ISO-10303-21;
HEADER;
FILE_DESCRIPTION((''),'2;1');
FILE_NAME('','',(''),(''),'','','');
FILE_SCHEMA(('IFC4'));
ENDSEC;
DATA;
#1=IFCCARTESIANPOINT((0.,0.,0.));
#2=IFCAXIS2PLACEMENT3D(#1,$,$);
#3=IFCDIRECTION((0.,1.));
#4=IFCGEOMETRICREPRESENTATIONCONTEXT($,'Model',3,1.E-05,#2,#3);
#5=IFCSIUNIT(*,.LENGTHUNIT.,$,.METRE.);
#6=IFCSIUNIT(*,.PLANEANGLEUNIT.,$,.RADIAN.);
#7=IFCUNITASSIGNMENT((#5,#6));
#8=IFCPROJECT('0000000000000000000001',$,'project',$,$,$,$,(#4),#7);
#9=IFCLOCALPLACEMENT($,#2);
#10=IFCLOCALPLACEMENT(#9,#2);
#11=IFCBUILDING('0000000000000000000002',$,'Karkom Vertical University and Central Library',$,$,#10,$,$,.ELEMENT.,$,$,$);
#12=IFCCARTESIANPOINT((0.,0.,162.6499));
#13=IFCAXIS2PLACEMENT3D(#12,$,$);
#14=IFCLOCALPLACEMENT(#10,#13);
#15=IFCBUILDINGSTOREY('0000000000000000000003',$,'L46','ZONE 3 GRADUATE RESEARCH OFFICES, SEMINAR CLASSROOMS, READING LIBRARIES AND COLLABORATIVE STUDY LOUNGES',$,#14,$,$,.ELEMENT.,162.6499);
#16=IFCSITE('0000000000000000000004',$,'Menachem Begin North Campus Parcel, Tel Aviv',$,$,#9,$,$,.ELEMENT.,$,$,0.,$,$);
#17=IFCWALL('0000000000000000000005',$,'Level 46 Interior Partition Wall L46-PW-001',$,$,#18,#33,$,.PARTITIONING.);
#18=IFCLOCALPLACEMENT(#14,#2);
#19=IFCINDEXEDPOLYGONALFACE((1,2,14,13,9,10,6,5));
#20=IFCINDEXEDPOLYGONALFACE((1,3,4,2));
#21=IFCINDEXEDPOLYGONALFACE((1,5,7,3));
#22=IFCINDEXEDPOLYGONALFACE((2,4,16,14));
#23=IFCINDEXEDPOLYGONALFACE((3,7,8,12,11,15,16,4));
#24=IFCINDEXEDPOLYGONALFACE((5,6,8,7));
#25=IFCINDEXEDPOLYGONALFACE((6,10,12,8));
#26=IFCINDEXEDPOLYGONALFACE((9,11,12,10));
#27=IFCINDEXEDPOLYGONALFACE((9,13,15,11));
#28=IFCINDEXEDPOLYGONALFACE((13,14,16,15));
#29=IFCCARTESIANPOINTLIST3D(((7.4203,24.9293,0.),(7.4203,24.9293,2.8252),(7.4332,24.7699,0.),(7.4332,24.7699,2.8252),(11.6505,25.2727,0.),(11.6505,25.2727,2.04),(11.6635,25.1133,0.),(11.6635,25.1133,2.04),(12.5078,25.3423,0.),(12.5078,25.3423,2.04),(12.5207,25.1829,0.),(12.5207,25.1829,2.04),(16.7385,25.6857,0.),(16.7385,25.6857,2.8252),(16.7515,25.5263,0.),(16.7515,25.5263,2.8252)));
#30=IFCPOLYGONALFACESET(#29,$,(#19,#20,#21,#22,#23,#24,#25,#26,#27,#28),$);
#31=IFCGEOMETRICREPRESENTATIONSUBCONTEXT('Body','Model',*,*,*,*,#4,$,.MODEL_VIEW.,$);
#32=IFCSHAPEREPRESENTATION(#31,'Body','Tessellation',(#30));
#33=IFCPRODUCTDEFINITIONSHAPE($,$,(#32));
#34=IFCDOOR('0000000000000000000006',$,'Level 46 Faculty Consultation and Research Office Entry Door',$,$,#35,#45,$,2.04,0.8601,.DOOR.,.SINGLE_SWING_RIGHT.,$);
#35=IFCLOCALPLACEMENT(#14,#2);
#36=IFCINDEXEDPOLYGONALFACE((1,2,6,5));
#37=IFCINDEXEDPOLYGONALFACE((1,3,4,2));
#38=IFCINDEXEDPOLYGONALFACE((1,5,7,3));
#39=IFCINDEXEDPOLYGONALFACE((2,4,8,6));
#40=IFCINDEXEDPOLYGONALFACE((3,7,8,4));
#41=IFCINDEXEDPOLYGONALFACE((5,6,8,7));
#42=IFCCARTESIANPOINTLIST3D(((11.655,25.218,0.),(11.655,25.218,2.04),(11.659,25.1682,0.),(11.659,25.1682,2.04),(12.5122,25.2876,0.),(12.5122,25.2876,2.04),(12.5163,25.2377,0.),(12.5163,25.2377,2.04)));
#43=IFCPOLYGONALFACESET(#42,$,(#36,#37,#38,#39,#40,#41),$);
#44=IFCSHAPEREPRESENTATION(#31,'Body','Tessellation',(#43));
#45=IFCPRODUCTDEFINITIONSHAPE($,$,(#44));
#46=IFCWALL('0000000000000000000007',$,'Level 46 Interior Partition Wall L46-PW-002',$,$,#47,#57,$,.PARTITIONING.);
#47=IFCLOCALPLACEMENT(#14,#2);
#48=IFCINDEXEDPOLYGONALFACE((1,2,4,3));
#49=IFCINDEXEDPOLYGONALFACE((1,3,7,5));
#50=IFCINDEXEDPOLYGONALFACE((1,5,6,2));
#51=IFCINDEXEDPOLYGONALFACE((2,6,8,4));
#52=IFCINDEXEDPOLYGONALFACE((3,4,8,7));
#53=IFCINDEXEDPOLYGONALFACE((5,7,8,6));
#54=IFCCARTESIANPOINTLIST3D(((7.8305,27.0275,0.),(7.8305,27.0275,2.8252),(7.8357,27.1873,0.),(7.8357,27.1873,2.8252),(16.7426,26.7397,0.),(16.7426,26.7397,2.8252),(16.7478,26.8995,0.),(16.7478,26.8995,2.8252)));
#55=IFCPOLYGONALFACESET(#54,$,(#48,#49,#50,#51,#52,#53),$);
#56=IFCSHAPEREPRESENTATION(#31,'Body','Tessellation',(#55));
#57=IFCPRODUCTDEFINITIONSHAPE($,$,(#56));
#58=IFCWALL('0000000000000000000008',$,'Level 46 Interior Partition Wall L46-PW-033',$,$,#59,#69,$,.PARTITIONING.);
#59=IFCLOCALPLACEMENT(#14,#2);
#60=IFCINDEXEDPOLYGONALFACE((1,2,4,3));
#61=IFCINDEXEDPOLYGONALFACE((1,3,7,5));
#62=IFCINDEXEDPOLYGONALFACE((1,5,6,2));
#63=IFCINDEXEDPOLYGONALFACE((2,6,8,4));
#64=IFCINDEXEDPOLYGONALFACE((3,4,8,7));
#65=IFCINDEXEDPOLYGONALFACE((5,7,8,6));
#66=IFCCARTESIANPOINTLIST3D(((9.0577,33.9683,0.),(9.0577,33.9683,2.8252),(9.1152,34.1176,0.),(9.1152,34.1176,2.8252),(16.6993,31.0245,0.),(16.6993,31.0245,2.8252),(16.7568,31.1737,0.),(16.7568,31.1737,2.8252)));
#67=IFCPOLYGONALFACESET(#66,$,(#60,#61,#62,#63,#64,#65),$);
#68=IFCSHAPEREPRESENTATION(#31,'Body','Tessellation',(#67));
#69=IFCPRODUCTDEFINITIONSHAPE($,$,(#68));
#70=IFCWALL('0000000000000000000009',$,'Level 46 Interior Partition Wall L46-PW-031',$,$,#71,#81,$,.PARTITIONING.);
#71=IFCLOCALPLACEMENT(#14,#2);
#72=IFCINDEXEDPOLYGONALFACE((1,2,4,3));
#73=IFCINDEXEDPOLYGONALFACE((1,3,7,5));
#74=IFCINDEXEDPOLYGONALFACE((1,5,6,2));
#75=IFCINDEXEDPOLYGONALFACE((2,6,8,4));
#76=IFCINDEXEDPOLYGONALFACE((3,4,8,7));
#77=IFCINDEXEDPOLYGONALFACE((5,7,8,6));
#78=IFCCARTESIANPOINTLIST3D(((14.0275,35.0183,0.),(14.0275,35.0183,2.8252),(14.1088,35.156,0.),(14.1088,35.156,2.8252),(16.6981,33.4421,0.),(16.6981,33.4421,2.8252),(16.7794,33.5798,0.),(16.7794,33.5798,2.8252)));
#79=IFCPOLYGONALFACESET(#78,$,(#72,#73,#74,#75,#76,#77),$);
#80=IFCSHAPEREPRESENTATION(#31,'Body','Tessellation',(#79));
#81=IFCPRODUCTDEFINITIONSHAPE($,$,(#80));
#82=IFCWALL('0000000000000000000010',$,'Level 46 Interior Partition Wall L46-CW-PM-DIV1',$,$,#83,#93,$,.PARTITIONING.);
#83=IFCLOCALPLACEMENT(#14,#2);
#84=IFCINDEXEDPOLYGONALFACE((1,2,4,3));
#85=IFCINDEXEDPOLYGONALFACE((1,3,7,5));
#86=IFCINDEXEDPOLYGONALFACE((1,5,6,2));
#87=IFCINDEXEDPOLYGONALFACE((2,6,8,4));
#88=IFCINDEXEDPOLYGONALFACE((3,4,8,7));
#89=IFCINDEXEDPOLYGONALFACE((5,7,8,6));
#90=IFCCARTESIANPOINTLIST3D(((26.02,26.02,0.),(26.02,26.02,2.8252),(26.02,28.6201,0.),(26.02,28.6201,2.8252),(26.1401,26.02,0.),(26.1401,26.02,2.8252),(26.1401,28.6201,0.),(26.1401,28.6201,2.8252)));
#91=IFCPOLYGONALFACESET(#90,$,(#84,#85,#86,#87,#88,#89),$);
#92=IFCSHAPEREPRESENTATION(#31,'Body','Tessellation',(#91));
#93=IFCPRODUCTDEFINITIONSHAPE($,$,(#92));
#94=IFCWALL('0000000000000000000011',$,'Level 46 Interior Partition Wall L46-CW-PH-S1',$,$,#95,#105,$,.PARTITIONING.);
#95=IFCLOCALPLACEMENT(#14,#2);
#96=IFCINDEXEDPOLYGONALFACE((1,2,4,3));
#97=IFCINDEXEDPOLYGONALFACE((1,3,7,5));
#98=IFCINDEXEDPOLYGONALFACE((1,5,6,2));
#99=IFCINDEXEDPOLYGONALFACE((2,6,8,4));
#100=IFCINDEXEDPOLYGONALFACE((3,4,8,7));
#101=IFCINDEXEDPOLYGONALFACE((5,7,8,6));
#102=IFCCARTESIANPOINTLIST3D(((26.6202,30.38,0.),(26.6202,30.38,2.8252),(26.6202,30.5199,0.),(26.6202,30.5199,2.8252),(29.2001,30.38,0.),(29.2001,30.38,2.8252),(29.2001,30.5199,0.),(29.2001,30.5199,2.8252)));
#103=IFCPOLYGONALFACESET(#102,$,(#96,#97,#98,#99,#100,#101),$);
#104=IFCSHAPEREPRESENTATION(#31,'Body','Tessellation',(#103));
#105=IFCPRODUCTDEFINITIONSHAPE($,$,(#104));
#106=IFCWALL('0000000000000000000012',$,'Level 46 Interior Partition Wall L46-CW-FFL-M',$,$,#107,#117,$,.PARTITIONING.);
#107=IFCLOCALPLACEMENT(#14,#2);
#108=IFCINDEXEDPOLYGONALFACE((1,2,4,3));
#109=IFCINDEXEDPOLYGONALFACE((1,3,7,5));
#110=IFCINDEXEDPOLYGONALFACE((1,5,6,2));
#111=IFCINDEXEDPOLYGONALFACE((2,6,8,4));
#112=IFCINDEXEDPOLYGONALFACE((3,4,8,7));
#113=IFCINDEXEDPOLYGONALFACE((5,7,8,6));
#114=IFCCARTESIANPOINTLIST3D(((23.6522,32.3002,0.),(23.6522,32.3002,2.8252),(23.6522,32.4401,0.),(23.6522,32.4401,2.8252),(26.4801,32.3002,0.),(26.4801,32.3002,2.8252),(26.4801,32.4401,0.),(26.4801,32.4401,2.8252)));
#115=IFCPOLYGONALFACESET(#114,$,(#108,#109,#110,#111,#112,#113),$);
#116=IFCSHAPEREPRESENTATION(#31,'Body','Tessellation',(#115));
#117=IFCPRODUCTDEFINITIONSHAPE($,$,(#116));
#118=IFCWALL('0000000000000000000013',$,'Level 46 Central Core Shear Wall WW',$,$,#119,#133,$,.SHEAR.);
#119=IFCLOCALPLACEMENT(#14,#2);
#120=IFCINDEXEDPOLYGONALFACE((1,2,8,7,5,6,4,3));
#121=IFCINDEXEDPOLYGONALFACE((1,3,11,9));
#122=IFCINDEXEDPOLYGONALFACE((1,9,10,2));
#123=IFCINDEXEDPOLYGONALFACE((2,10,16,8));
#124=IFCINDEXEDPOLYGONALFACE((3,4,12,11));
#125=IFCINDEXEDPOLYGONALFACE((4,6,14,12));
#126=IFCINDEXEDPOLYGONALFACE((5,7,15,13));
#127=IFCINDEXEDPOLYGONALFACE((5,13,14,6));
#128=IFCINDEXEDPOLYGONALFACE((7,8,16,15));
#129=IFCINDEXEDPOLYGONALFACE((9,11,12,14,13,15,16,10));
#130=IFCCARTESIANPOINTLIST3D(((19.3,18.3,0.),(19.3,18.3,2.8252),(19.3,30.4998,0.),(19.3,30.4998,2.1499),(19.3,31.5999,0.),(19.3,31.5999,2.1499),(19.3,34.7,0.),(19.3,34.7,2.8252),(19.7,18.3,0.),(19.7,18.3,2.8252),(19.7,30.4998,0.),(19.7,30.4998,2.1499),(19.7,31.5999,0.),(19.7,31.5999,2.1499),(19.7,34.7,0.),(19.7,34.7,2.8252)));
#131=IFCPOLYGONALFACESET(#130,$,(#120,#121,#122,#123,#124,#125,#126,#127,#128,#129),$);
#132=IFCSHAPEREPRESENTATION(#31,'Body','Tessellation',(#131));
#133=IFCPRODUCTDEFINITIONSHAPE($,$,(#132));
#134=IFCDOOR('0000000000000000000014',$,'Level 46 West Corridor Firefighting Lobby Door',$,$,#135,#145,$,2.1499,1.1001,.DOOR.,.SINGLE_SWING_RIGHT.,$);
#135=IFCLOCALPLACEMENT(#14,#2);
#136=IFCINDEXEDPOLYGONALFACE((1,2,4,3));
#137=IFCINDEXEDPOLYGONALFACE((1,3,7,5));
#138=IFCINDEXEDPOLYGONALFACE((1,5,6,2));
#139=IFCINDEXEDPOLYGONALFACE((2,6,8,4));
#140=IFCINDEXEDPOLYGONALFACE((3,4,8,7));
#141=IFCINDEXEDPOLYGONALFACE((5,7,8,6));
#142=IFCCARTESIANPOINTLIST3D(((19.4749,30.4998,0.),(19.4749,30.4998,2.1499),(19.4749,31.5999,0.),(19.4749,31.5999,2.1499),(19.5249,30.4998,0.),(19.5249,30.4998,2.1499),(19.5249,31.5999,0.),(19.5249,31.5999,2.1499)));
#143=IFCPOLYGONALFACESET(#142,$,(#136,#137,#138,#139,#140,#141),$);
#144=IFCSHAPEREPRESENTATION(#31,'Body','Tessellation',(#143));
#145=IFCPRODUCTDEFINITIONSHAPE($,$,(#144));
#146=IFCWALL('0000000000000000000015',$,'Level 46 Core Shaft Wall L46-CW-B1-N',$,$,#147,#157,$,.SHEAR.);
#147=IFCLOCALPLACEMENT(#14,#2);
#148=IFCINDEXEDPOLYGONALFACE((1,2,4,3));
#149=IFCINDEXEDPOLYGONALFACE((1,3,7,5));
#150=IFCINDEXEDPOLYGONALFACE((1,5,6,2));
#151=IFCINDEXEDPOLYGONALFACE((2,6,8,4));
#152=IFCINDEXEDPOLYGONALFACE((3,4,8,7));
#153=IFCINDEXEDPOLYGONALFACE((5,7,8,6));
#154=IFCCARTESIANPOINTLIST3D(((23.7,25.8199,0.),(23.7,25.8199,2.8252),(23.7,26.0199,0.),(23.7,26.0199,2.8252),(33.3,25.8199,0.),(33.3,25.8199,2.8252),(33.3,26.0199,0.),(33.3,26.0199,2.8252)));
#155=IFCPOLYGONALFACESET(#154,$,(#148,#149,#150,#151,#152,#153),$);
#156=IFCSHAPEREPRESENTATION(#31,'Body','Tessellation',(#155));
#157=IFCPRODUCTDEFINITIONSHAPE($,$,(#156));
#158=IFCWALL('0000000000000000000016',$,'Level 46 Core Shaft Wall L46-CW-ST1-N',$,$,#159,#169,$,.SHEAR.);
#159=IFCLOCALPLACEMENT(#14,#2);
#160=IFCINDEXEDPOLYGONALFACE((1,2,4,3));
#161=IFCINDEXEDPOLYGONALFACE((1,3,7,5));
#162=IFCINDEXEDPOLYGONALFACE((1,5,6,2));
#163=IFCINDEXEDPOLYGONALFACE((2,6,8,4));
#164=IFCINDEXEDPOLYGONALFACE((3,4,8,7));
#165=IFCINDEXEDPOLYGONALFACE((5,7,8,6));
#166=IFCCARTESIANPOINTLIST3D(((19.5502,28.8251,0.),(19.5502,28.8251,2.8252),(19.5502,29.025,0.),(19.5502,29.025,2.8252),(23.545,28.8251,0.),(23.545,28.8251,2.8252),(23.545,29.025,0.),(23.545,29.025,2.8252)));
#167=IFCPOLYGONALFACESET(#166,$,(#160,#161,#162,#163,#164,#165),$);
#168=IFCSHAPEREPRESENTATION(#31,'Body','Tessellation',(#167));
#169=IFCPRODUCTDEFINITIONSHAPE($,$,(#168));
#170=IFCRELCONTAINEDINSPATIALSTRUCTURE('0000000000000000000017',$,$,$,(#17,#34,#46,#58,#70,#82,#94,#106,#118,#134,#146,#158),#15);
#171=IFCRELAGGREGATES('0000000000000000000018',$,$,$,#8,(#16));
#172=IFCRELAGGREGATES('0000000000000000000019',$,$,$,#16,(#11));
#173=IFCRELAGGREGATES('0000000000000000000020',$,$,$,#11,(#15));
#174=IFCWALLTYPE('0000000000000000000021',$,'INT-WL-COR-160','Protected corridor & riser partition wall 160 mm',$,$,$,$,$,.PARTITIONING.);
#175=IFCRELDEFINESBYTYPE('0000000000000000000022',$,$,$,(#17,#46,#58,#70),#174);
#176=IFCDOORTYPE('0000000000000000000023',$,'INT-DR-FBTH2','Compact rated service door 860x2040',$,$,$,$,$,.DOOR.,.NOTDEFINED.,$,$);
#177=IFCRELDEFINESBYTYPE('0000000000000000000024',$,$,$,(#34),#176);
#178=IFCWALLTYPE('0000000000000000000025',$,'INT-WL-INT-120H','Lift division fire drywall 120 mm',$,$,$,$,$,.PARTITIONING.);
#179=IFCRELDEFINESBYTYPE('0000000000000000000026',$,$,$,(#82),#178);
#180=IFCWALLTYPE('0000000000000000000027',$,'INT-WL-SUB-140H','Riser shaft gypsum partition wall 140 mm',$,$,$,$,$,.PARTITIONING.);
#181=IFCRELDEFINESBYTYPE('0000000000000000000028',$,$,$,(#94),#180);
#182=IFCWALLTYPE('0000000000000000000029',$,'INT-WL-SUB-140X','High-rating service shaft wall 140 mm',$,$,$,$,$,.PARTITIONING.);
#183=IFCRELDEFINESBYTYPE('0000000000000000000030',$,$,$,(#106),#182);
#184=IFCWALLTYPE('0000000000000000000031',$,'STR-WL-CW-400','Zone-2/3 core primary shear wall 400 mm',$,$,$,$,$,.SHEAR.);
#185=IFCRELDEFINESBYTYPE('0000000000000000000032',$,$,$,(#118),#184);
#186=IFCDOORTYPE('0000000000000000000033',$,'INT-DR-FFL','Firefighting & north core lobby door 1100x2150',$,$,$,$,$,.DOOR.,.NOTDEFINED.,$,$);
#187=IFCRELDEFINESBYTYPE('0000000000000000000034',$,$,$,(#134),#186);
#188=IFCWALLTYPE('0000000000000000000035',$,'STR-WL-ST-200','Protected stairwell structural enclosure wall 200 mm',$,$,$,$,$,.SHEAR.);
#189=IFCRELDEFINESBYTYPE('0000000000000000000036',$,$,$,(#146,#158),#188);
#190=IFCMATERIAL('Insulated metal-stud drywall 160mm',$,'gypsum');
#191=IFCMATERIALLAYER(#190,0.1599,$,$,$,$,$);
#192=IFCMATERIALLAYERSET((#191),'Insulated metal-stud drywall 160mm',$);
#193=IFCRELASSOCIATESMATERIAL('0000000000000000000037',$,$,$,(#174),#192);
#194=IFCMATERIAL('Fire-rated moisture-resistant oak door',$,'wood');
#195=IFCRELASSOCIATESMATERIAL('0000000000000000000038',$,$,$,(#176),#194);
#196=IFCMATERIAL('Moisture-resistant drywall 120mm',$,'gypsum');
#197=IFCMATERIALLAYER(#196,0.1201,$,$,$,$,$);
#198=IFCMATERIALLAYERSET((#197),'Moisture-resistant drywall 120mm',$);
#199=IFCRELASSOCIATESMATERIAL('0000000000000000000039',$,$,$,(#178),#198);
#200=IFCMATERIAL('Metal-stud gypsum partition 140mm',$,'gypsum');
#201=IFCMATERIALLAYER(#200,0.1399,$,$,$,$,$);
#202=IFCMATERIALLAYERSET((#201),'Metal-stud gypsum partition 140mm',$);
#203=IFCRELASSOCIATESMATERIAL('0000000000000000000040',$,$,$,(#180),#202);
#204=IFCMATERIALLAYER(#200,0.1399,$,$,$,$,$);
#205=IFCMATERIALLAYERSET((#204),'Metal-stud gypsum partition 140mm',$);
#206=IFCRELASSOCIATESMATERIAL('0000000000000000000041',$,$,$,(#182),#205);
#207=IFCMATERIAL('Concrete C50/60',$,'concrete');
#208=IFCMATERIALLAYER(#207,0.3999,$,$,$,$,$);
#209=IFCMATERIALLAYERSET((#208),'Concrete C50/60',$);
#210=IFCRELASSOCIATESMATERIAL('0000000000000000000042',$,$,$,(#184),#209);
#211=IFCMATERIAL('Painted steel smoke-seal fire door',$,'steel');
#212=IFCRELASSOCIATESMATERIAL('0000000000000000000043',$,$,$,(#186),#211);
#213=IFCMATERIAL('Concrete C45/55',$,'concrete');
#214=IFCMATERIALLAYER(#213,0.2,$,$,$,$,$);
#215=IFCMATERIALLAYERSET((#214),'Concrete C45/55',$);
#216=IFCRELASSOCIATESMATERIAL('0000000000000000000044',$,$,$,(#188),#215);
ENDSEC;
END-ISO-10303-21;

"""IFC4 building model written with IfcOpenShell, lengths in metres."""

from ifc_helpers import new_model, si_unit, direction, frame, frame_2d, origin, origin_with_axes, place, context, subcontext, project, spatial, rectangle, extrude, source, transform, mapped, material, layer, layer_set, type_object, element, fill, save


model = new_model("IFC4")

# Units and contexts
model_context = context("Model", 3, precision=1e-05, world=origin(), true_north=direction((0.0, 1.0)))
body_context = subcontext(model_context, "Body", "Model", "MODEL_VIEW")
ifc_project = project(units=[si_unit("LENGTHUNIT", "METRE"), si_unit("PLANEANGLEUNIT", "RADIAN")], contexts=[model_context])

# Site, building, storey
site_placement = place(None, origin())
site = spatial("IfcSite", under=ifc_project, at=site_placement, Name="Menachem Begin North Campus Parcel, Tel Aviv", CompositionType="ELEMENT", RefElevation=0.0)
building_placement = place(site_placement, origin())
building = spatial("IfcBuilding", under=site, at=building_placement, Name="Karkom Vertical University and Central Library", CompositionType="ELEMENT")
storey_placement = place(building_placement, frame((0.0, 0.0, 162.6499)))
storey = spatial("IfcBuildingStorey", under=building, at=storey_placement, Name="L46", Description="ZONE 3 GRADUATE RESEARCH OFFICES, SEMINAR CLASSROOMS, READING LIBRARIES AND COLLABORATIVE STUDY LOUNGES", CompositionType="ELEMENT", Elevation=162.6499)

# Shared definitions
ifc_material_1 = material(Name="Concrete C50/60", Category="concrete")

# Wall, opening, door
ifc_material_2 = material(Name="Insulated metal-stud drywall 160mm", Category="gypsum")
ifc_layer_1 = layer(ifc_material_2, 0.1599)
ifc_layer_set_1 = layer_set([ifc_layer_1], Name="Insulated metal-stud drywall 160mm")
wall_type_1 = type_object("IfcWallType", Name="INT-WL-COR-160", Description="Protected corridor & riser partition wall 160 mm", PredefinedType="PARTITIONING", material=ifc_layer_set_1)
wall_1_placement = place(storey_placement, frame((16.7449, 25.606, 0.0), z_axis=(0.0, 0.0, 1.0), x_axis=(-0.996722, -0.080904, 0.0)))
wall_1 = element("IfcWall", 1, at=wall_1_placement, inside=storey, type_object=wall_type_1, Name="Level 46 Interior Partition Wall L46-PW-001", PredefinedType="PARTITIONING", context=body_context, shape_type="SweptSolid", body=[
    extrude(rectangle(XDim=9.3489, YDim=0.1599, at=frame_2d((4.6743, 0.0))), origin(), (0.0, 0.0, 1.0), 2.8252),
])
opening_1_placement = place(wall_1_placement, frame((4.2444, 0.0, 0.0)))
opening_1 = element("IfcOpeningElement", 2, at=opening_1_placement, cuts=wall_1, PredefinedType="OPENING", context=body_context, shape_type="SweptSolid", body=[
    extrude(rectangle(XDim=0.8601, YDim=2.04, at=frame_2d((0.4302, 1.02))), frame((0.0, 0.0898, 0.0), z_axis=(0.0, -1.0, 0.0), x_axis=(1.0, 0.0, 0.0)), (0.0, 0.0, 1.0), 0.1799),
])
ifc_material_3 = material(Name="Fire-rated moisture-resistant oak door", Category="wood")
door_type_1 = type_object("IfcDoorType", Name="INT-DR-FBTH2", Description="Compact rated service door 860x2040", OperationType="NOTDEFINED", PredefinedType="DOOR", material=ifc_material_3)
shared_shape_1 = source(origin_with_axes(), body_context, "Body", "SweptSolid", [
    extrude(rectangle(XDim=0.8601, YDim=2.04, at=frame_2d((0.4302, 1.02))), frame((0.0, 0.0249, 0.0), z_axis=(0.0, -1.0, 0.0), x_axis=(1.0, 0.0, 0.0)), (0.0, 0.0, 1.0), 0.05),
])
door_1_placement = place(opening_1_placement, origin())
door_1 = element("IfcDoor", 3, at=door_1_placement, inside=storey, type_object=door_type_1, Name="Level 46 Faculty Consultation and Research Office Entry Door", OperationType="SINGLE_SWING_RIGHT", OverallHeight=2.04, OverallWidth=0.8601, PredefinedType="DOOR", context=body_context, shape_type="MappedRepresentation", body=[
    mapped(shared_shape_1, transform((0.0, 0.0, 0.0), scale=1.0)),
])
fill(opening_1, door_1)

# Walls
wall_2_placement = place(storey_placement, frame((7.833, 27.1074, 0.0), z_axis=(0.0, 0.0, 1.0), x_axis=(0.999479, -0.032281, 0.0)))
element("IfcWall", 4, at=wall_2_placement, inside=storey, type_object=wall_type_1, Name="Level 46 Interior Partition Wall L46-PW-002", PredefinedType="PARTITIONING", context=body_context, shape_type="SweptSolid", body=[
    extrude(rectangle(XDim=8.9167, YDim=0.1599, at=frame_2d((4.4585, 0.0))), origin(), (0.0, 0.0, 1.0), 2.8252),
])
wall_3_placement = place(storey_placement, frame((16.728, 31.0991, 0.0), z_axis=(0.0, 0.0, 1.0), x_axis=(-0.93315, 0.359486, 0.0)))
element("IfcWall", 5, at=wall_3_placement, inside=storey, type_object=wall_type_1, Name="Level 46 Interior Partition Wall L46-PW-033", PredefinedType="PARTITIONING", context=body_context, shape_type="SweptSolid", body=[
    extrude(rectangle(XDim=8.189, YDim=0.1599, at=frame_2d((4.0945, 0.0))), origin(), (0.0, 0.0, 1.0), 2.8252),
])
wall_4_placement = place(storey_placement, frame((16.7388, 33.511, 0.0), z_axis=(0.0, 0.0, 1.0), x_axis=(-0.861201, 0.508265, 0.0)))
element("IfcWall", 6, at=wall_4_placement, inside=storey, type_object=wall_type_1, Name="Level 46 Interior Partition Wall L46-PW-031", PredefinedType="PARTITIONING", context=body_context, shape_type="SweptSolid", body=[
    extrude(rectangle(XDim=3.1011, YDim=0.1599, at=frame_2d((1.5505, 0.0))), origin(), (0.0, 0.0, 1.0), 2.8252),
])
ifc_material_4 = material(Name="Moisture-resistant drywall 120mm", Category="gypsum")
ifc_layer_2 = layer(ifc_material_4, 0.1201)
ifc_layer_set_2 = layer_set([ifc_layer_2], Name="Moisture-resistant drywall 120mm")
wall_type_2 = type_object("IfcWallType", Name="INT-WL-INT-120H", Description="Lift division fire drywall 120 mm", PredefinedType="PARTITIONING", material=ifc_layer_set_2)
wall_5_placement = place(storey_placement, frame((26.0801, 26.02, 0.0), z_axis=(0.0, 0.0, 1.0), x_axis=(0.0, 1.0, 0.0)))
element("IfcWall", 7, at=wall_5_placement, inside=storey, type_object=wall_type_2, Name="Level 46 Interior Partition Wall L46-CW-PM-DIV1", PredefinedType="PARTITIONING", context=body_context, shape_type="SweptSolid", body=[
    extrude(rectangle(XDim=2.6001, YDim=0.1201, at=frame_2d((1.3, 0.0))), origin(), (0.0, 0.0, 1.0), 2.8252),
])
ifc_material_5 = material(Name="Metal-stud gypsum partition 140mm", Category="gypsum")
ifc_layer_3 = layer(ifc_material_5, 0.1399)
ifc_layer_set_3 = layer_set([ifc_layer_3], Name="Metal-stud gypsum partition 140mm")
wall_type_3 = type_object("IfcWallType", Name="INT-WL-SUB-140H", Description="Riser shaft gypsum partition wall 140 mm", PredefinedType="PARTITIONING", material=ifc_layer_set_3)
wall_6_placement = place(storey_placement, frame((26.6201, 30.45, 0.0), z_axis=(0.0, 0.0, 1.0), x_axis=(1.0, 0.0, 0.0)))
element("IfcWall", 8, at=wall_6_placement, inside=storey, type_object=wall_type_3, Name="Level 46 Interior Partition Wall L46-CW-PH-S1", PredefinedType="PARTITIONING", context=body_context, shape_type="SweptSolid", body=[
    extrude(rectangle(XDim=2.5798, YDim=0.1399, at=frame_2d((1.29, 0.0))), origin(), (0.0, 0.0, 1.0), 2.8252),
])
ifc_layer_4 = layer(ifc_material_5, 0.1399)
ifc_layer_set_4 = layer_set([ifc_layer_4], Name="Metal-stud gypsum partition 140mm")
wall_type_4 = type_object("IfcWallType", Name="INT-WL-SUB-140X", Description="High-rating service shaft wall 140 mm", PredefinedType="PARTITIONING", material=ifc_layer_set_4)
wall_7_placement = place(storey_placement, frame((23.6521, 32.3701, 0.0), z_axis=(0.0, 0.0, 1.0), x_axis=(1.0, 0.0, 0.0)))
element("IfcWall", 9, at=wall_7_placement, inside=storey, type_object=wall_type_4, Name="Level 46 Interior Partition Wall L46-CW-FFL-M", PredefinedType="PARTITIONING", context=body_context, shape_type="SweptSolid", body=[
    extrude(rectangle(XDim=2.8279, YDim=0.1399, at=frame_2d((1.4141, 0.0))), origin(), (0.0, 0.0, 1.0), 2.8252),
])

# Wall, opening, door
ifc_layer_5 = layer(ifc_material_1, 0.3999)
ifc_layer_set_5 = layer_set([ifc_layer_5], Name="Concrete C50/60")
wall_type_5 = type_object("IfcWallType", Name="STR-WL-CW-400", Description="Zone-2/3 core primary shear wall 400 mm", PredefinedType="SHEAR", material=ifc_layer_set_5)
wall_8_placement = place(storey_placement, frame((19.5, 34.7, 0.0), z_axis=(0.0, 0.0, 1.0), x_axis=(0.0, -1.0, 0.0)))
wall_8 = element("IfcWall", 10, at=wall_8_placement, inside=storey, type_object=wall_type_5, Name="Level 46 Central Core Shear Wall WW", PredefinedType="SHEAR", context=body_context, shape_type="SweptSolid", body=[
    extrude(rectangle(XDim=16.3999, YDim=0.3999, at=frame_2d((8.2, 0.0))), origin(), (0.0, 0.0, 1.0), 2.8252),
])
opening_2_placement = place(wall_8_placement, frame((3.1001, 0.0, 0.0)))
opening_2 = element("IfcOpeningElement", 11, at=opening_2_placement, cuts=wall_8, PredefinedType="OPENING", context=body_context, shape_type="SweptSolid", body=[
    extrude(rectangle(XDim=1.1001, YDim=2.1499, at=frame_2d((0.55, 1.075))), frame((0.0, 0.21, 0.0), z_axis=(0.0, -1.0, 0.0), x_axis=(1.0, 0.0, 0.0)), (0.0, 0.0, 1.0), 0.4199),
])
ifc_material_6 = material(Name="Painted steel smoke-seal fire door", Category="steel")
door_type_2 = type_object("IfcDoorType", Name="INT-DR-FFL", Description="Firefighting & north core lobby door 1100x2150", OperationType="NOTDEFINED", PredefinedType="DOOR", material=ifc_material_6)
shared_shape_2 = source(origin_with_axes(), body_context, "Body", "SweptSolid", [
    extrude(rectangle(XDim=1.1001, YDim=2.1499, at=frame_2d((0.55, 1.075))), frame((0.0, 0.0249, 0.0), z_axis=(0.0, -1.0, 0.0), x_axis=(1.0, 0.0, 0.0)), (0.0, 0.0, 1.0), 0.05),
])
door_2_placement = place(opening_2_placement, origin())
door_2 = element("IfcDoor", 12, at=door_2_placement, inside=storey, type_object=door_type_2, Name="Level 46 West Corridor Firefighting Lobby Door", OperationType="SINGLE_SWING_RIGHT", OverallHeight=2.1499, OverallWidth=1.1001, PredefinedType="DOOR", context=body_context, shape_type="MappedRepresentation", body=[
    mapped(shared_shape_2, transform((0.0, 0.0, 0.0), scale=1.0)),
])
fill(opening_2, door_2)

# Wall
ifc_material_7 = material(Name="Concrete C45/55", Category="concrete")
ifc_layer_6 = layer(ifc_material_7, 0.2)
ifc_layer_set_6 = layer_set([ifc_layer_6], Name="Concrete C45/55")
wall_type_6 = type_object("IfcWallType", Name="STR-WL-ST-200", Description="Protected stairwell structural enclosure wall 200 mm", PredefinedType="SHEAR", material=ifc_layer_set_6)
wall_9_placement = place(storey_placement, frame((23.7, 25.9199, 0.0), z_axis=(0.0, 0.0, 1.0), x_axis=(1.0, 0.0, 0.0)))
element("IfcWall", 13, at=wall_9_placement, inside=storey, type_object=wall_type_6, Name="Level 46 Core Shaft Wall L46-CW-B1-N", PredefinedType="SHEAR", context=body_context, shape_type="SweptSolid", body=[
    extrude(rectangle(XDim=9.6001, YDim=0.2, at=frame_2d((4.8, 0.0))), origin(), (0.0, 0.0, 1.0), 2.8252),
])

# Wall
wall_10_placement = place(storey_placement, frame((19.55, 28.925, 0.0), z_axis=(0.0, 0.0, 1.0), x_axis=(1.0, 0.0, 0.0)))
element("IfcWall", 14, at=wall_10_placement, inside=storey, type_object=wall_type_6, Name="Level 46 Core Shaft Wall L46-CW-ST1-N", PredefinedType="SHEAR", context=body_context, shape_type="SweptSolid", body=[
    extrude(rectangle(XDim=3.9949, YDim=0.2, at=frame_2d((1.9976, 0.0))), origin(), (0.0, 0.0, 1.0), 2.8252),
])

save(model, "model.ifc")
